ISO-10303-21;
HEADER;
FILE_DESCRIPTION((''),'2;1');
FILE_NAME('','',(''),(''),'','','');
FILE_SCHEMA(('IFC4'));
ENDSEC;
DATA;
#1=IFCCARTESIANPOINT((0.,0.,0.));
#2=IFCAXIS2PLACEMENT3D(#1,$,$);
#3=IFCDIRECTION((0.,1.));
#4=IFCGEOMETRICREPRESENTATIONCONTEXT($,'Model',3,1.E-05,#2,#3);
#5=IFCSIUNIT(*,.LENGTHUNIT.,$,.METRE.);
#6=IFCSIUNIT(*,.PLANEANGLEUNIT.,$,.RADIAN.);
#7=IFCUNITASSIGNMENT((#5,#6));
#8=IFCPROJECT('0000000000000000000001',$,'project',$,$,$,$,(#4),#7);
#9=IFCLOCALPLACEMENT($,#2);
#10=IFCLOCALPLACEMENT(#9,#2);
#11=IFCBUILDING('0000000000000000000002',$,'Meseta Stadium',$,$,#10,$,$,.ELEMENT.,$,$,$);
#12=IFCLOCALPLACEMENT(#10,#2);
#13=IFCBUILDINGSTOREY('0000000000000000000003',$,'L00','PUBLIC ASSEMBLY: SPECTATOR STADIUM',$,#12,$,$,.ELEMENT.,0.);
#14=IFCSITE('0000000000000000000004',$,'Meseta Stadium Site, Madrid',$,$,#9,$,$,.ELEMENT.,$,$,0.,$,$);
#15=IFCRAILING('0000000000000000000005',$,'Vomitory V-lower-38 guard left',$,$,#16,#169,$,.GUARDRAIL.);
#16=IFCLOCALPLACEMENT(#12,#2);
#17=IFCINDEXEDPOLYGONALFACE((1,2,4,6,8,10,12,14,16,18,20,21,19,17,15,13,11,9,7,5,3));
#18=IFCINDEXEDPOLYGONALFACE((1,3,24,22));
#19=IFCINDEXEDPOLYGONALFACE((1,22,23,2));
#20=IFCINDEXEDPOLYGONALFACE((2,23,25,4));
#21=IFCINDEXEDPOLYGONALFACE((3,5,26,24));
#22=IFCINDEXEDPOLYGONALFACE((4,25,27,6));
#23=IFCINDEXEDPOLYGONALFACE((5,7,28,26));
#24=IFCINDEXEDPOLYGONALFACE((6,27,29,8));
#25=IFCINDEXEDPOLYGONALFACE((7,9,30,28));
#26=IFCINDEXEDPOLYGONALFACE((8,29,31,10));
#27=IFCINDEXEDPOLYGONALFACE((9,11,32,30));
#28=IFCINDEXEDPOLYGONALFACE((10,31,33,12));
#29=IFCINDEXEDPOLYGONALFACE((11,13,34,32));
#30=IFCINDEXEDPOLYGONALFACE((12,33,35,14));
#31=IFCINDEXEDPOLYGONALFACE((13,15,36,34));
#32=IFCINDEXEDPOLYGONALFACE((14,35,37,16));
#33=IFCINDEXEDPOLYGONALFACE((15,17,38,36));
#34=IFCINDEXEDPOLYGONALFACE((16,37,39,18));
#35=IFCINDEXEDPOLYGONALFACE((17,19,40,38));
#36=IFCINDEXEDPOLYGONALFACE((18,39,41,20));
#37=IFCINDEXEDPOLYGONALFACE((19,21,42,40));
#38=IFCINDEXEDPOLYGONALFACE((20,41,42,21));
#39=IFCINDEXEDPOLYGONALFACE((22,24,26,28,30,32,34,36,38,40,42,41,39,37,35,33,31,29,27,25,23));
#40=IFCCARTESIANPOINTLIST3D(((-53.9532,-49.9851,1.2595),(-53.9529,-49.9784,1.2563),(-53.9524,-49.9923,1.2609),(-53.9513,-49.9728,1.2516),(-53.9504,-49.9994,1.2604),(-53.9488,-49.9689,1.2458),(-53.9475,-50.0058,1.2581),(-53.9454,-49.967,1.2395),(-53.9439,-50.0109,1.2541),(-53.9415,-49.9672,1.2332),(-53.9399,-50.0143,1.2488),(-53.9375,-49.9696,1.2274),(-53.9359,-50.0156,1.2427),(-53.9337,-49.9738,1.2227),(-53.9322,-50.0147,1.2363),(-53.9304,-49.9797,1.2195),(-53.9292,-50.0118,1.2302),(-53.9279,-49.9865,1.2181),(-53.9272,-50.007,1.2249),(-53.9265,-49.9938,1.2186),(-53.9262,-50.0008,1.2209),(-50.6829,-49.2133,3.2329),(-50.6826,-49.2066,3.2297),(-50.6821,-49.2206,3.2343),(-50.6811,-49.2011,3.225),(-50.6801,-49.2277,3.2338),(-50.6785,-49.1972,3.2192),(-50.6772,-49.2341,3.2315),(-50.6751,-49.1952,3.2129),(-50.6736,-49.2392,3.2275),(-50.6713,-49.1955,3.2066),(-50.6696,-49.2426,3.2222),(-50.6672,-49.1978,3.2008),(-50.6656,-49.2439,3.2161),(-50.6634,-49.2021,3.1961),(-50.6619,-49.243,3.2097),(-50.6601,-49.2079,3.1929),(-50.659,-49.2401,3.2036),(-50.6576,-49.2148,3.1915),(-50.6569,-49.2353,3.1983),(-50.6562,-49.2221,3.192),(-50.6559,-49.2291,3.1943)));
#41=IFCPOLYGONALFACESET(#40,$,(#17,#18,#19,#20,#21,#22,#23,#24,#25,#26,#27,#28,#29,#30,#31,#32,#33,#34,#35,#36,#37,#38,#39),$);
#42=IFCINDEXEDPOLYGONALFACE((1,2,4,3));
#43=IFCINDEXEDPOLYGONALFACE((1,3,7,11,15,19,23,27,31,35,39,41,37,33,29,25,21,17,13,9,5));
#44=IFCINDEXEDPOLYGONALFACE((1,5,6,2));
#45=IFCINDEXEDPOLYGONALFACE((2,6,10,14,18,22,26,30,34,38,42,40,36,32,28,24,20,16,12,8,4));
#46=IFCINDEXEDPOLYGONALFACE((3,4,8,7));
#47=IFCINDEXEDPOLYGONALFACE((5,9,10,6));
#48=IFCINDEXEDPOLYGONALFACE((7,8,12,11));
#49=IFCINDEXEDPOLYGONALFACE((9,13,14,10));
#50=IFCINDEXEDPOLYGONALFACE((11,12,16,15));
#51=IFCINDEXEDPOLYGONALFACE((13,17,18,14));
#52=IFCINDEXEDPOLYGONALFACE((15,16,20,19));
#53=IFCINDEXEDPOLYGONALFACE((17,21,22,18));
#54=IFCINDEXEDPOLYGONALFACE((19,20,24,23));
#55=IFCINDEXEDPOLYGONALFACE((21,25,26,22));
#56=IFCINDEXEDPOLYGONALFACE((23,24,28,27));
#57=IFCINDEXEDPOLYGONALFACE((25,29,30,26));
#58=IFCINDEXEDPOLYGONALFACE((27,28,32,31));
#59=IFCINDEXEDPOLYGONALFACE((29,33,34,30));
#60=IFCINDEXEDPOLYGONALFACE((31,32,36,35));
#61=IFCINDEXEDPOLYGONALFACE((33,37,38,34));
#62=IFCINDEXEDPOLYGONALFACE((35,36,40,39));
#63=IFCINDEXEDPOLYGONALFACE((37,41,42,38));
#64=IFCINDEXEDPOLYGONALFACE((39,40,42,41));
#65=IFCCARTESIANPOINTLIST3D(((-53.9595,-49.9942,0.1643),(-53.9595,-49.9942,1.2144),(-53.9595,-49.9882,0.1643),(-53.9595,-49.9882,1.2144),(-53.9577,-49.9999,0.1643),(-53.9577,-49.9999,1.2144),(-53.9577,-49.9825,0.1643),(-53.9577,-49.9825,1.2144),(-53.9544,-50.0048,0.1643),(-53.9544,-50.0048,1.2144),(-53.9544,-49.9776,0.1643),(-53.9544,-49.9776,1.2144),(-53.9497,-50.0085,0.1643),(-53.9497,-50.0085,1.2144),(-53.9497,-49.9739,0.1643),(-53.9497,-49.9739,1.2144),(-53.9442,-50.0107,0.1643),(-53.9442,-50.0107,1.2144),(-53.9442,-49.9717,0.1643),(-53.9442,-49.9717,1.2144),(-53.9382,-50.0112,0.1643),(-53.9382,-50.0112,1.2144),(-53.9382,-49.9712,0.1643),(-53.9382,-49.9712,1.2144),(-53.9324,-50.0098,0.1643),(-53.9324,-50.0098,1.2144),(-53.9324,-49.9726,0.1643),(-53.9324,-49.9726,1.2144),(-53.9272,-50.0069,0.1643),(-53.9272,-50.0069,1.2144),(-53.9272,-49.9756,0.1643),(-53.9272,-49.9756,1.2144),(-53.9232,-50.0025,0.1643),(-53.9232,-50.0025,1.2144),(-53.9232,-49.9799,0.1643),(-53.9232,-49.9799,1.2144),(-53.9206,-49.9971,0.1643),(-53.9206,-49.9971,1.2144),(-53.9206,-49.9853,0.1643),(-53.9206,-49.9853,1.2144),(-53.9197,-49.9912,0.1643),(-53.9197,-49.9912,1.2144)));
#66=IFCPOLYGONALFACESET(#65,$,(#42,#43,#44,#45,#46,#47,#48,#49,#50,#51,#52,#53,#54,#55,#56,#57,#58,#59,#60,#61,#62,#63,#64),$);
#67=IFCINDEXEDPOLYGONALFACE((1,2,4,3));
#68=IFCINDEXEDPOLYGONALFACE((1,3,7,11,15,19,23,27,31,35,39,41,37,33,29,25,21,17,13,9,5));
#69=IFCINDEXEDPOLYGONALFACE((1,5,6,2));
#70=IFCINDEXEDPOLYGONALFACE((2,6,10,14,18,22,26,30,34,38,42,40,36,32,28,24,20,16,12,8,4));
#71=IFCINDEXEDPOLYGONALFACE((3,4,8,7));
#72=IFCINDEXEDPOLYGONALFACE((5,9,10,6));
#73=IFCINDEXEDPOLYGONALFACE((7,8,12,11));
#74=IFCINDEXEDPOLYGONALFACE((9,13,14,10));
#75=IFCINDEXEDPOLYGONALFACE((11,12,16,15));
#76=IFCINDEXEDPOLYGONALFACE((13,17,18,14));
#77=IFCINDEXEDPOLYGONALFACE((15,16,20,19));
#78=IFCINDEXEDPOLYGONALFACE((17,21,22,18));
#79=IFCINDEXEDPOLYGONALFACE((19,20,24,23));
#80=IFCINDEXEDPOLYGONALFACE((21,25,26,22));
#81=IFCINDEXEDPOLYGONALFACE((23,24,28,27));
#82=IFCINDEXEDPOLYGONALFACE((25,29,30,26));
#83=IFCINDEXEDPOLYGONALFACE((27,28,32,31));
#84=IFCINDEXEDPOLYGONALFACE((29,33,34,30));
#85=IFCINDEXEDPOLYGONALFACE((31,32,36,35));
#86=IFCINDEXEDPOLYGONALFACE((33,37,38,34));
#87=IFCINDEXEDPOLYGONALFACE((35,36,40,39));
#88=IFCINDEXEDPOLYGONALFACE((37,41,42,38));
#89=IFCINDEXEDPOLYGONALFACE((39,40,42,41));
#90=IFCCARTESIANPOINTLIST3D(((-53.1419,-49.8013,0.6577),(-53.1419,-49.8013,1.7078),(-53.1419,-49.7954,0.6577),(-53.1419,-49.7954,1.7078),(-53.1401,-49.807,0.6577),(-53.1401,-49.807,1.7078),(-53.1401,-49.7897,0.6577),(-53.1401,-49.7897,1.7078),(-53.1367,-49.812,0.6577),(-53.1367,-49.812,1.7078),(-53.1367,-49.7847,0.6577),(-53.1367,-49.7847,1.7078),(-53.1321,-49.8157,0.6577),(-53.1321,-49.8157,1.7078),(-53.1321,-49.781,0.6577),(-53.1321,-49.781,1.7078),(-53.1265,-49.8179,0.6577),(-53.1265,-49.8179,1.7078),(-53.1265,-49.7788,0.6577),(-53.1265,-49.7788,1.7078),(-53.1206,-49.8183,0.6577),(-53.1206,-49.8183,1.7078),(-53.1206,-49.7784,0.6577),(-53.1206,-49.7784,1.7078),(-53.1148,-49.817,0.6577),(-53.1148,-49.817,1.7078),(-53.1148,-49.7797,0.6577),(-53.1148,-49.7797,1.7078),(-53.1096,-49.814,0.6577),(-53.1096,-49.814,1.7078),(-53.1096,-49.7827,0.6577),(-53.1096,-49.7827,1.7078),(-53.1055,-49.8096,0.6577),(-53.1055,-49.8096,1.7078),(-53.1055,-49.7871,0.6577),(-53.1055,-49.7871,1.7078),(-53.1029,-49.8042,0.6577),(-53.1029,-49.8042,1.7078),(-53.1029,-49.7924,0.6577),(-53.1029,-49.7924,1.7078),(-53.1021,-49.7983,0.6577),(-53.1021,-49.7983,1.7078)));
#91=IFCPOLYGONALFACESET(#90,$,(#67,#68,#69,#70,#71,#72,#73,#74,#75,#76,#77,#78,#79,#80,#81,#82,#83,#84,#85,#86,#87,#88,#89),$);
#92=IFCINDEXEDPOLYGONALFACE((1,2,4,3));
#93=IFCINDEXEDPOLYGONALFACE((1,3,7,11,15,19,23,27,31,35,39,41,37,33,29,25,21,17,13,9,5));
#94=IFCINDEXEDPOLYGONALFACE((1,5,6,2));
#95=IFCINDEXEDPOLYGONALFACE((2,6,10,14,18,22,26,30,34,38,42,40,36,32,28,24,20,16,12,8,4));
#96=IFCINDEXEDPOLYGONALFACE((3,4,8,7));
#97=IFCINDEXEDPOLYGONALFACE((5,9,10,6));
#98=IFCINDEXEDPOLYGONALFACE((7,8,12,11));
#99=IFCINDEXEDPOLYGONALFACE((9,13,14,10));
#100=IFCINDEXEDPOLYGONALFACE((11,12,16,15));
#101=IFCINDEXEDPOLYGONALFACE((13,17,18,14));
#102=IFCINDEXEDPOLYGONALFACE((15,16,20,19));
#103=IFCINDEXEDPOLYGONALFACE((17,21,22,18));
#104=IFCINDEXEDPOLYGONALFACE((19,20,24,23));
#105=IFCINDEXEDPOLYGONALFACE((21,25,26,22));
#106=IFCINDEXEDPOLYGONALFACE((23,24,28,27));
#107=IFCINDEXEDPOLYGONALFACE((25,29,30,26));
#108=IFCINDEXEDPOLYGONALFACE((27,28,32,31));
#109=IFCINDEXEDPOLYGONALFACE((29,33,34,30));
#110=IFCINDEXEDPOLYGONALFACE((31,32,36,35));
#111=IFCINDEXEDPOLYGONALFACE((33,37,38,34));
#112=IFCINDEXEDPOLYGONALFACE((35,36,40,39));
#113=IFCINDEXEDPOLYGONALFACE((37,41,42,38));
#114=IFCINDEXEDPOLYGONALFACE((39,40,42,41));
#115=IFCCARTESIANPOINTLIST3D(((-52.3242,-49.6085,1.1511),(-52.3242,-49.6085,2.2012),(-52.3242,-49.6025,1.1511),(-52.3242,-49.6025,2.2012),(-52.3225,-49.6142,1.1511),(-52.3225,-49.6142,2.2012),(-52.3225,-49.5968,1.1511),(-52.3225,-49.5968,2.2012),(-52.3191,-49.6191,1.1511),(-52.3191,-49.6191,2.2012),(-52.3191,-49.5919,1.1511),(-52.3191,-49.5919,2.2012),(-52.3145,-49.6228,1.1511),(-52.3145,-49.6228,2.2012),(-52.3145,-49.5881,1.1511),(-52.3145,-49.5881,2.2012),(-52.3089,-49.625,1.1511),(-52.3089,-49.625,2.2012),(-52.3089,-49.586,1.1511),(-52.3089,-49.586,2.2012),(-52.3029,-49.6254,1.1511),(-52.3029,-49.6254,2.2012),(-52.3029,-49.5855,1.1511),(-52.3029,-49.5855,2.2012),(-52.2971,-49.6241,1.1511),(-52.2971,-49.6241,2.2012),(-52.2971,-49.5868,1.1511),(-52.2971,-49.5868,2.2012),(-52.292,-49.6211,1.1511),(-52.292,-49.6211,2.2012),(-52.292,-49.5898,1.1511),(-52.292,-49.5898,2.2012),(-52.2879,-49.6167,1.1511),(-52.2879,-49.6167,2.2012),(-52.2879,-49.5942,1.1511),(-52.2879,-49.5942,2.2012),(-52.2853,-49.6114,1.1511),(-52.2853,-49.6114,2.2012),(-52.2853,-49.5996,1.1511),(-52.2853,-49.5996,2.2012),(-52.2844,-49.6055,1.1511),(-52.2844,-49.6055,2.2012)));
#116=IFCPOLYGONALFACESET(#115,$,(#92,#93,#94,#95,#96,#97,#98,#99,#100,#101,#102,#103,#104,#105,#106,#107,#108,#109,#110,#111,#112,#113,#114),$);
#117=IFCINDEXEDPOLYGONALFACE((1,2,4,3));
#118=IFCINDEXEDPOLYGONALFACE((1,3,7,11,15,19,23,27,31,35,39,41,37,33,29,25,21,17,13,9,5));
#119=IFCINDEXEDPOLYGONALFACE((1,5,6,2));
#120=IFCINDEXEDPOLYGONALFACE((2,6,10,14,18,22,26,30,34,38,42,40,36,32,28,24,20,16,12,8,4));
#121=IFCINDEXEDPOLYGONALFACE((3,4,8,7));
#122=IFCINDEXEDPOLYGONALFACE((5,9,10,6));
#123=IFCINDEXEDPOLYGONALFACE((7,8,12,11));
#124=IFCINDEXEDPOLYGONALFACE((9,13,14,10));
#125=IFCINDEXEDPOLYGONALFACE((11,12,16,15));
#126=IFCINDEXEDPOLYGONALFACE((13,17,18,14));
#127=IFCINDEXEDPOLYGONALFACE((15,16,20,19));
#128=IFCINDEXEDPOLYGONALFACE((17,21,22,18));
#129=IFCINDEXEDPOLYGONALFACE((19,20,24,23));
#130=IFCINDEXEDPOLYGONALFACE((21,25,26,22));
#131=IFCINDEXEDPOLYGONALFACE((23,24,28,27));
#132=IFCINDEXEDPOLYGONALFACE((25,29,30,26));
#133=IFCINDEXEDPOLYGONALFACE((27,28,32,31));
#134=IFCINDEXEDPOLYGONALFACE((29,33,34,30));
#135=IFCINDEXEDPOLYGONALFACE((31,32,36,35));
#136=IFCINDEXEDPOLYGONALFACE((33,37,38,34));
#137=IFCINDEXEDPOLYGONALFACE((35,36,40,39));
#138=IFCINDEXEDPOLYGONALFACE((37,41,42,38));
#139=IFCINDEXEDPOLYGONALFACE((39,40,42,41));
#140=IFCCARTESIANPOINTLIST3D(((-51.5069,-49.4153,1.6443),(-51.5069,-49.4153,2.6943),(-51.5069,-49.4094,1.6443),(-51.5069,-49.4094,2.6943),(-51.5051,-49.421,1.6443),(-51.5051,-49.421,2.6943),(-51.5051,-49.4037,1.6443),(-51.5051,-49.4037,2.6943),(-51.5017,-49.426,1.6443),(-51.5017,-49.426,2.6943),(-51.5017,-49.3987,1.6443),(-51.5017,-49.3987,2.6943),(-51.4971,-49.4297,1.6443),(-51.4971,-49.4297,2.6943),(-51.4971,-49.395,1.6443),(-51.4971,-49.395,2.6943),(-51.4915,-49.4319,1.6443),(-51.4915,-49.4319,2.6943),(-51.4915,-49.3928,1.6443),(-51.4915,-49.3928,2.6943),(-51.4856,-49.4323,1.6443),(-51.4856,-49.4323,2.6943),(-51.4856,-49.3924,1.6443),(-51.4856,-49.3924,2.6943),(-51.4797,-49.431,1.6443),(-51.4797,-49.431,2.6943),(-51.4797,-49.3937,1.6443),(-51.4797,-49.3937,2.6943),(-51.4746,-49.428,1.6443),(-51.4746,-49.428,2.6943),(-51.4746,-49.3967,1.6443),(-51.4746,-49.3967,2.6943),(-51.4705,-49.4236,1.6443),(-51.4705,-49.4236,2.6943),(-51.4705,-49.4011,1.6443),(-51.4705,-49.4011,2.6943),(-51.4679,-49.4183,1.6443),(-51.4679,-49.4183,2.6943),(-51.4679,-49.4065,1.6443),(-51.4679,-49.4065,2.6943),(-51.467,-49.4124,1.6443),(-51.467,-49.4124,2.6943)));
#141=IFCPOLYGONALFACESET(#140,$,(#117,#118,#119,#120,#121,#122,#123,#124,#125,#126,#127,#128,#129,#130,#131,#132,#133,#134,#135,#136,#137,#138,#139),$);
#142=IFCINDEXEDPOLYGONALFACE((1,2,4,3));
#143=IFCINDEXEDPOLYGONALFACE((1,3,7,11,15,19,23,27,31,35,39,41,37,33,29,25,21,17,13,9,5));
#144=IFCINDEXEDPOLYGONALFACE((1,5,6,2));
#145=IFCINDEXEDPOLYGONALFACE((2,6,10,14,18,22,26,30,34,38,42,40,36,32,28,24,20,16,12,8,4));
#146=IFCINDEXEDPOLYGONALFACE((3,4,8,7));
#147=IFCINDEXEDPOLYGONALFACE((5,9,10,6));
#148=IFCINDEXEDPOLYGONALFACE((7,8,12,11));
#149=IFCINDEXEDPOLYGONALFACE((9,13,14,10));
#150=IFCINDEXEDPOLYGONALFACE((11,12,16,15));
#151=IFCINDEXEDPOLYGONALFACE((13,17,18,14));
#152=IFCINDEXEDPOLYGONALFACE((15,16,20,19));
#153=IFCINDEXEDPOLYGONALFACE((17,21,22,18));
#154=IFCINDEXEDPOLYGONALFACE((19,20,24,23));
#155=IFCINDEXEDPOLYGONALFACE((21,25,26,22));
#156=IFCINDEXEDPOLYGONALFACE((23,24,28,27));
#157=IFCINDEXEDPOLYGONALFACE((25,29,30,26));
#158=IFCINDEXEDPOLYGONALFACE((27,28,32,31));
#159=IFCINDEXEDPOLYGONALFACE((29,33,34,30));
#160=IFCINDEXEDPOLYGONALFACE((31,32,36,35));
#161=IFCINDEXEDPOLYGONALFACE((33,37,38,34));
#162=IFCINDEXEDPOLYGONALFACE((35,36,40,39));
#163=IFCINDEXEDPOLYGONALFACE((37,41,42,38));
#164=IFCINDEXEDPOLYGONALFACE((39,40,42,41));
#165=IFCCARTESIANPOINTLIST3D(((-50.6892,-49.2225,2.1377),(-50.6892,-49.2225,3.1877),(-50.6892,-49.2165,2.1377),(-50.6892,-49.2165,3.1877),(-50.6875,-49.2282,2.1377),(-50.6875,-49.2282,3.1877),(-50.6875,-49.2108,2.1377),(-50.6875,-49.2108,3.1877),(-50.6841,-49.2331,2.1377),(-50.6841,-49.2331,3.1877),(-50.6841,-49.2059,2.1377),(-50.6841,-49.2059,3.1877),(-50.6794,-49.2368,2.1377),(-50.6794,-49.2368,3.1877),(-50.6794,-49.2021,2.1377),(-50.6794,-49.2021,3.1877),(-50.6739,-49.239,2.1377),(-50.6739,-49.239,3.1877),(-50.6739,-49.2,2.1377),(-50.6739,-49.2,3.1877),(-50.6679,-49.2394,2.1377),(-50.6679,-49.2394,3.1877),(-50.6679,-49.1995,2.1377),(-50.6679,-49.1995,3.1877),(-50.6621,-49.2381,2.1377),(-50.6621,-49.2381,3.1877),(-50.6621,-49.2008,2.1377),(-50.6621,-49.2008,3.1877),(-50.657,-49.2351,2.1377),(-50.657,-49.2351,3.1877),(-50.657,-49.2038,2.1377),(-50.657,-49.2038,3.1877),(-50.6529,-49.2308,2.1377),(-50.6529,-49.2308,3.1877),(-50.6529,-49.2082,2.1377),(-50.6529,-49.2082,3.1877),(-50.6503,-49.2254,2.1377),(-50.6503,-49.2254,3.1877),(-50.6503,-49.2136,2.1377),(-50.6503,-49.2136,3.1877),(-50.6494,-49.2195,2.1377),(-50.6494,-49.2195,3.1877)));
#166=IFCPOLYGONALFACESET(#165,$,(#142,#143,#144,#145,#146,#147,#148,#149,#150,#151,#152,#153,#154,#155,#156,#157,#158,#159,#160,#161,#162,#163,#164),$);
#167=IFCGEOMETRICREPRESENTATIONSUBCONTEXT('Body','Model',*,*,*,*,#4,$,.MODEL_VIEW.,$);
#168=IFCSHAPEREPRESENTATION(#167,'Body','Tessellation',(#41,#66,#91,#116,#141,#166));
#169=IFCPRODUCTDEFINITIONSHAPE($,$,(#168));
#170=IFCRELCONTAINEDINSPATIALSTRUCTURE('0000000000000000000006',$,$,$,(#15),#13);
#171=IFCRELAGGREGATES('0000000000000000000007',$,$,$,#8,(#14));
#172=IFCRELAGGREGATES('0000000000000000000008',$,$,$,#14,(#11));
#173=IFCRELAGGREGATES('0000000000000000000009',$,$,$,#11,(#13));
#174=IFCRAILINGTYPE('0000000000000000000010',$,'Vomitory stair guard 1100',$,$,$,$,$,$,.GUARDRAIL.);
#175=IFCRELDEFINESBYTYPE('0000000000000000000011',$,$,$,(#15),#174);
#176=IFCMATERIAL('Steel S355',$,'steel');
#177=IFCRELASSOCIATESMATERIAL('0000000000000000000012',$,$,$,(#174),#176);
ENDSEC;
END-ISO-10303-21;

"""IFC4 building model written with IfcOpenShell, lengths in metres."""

from ifc_helpers import new_model, si_unit, direction, frame, origin, origin_2d, place, context, subcontext, project, spatial, circle, extrude, material, type_object, element, save


model = new_model("IFC4")

# Units and contexts
model_context = context("Model", 3, precision=1e-05, world=origin(), true_north=direction((0.0, 1.0)))
body_context = subcontext(model_context, "Body", "Model", "MODEL_VIEW")
ifc_project = project(units=[si_unit("LENGTHUNIT", "METRE"), si_unit("PLANEANGLEUNIT", "RADIAN")], contexts=[model_context])

# Site, building, storey
site_placement = place(None, origin())
site = spatial("IfcSite", under=ifc_project, at=site_placement, Name="Meseta Stadium Site, Madrid", CompositionType="ELEMENT", RefElevation=0.0)
building_placement = place(site_placement, origin())
building = spatial("IfcBuilding", under=site, at=building_placement, Name="Meseta Stadium", CompositionType="ELEMENT")
storey_placement = place(building_placement, origin())
storey = spatial("IfcBuildingStorey", under=building, at=storey_placement, Name="L00", Description="PUBLIC ASSEMBLY: SPECTATOR STADIUM", CompositionType="ELEMENT", Elevation=0.0)

# Railing
ifc_material_1 = material(Name="Steel S355", Category="steel")
railing_type_1 = type_object("IfcRailingType", Name="Vomitory stair guard 1100", PredefinedType="GUARDRAIL", material=ifc_material_1)
railing_1_placement = place(storey_placement, frame((-53.9397, -49.9912, 0.1643)))
element("IfcRailing", 1, at=railing_1_placement, inside=storey, type_object=railing_type_1, Name="Vomitory V-lower-38 guard left", PredefinedType="GUARDRAIL", context=body_context, shape_type="SweptSolid", body=[
    extrude(circle(Radius=0.0249, at=origin_2d()), frame((0.0, 0.0, 1.0752), z_axis=(0.839234, 0.198046, 0.506423), x_axis=(-0.229675, 0.973267, 0.0)), (0.0, 0.0, 1.0), 3.8967),
    extrude(circle(Radius=0.02, at=origin_2d()), origin(), (0.0, 0.0, 1.0), 1.05),
    extrude(circle(Radius=0.02, at=origin_2d()), frame((0.8176, 0.1929, 0.4934)), (0.0, 0.0, 1.0), 1.05),
    extrude(circle(Radius=0.02, at=origin_2d()), frame((1.6353, 0.3857, 0.9868)), (0.0, 0.0, 1.0), 1.05),
    extrude(circle(Radius=0.02, at=origin_2d()), frame((2.4526, 0.5789, 1.48)), (0.0, 0.0, 1.0), 1.05),
    extrude(circle(Radius=0.02, at=origin_2d()), frame((3.2703, 0.7717, 1.9734)), (0.0, 0.0, 1.0), 1.05),
])

save(model, "model.ifc")
